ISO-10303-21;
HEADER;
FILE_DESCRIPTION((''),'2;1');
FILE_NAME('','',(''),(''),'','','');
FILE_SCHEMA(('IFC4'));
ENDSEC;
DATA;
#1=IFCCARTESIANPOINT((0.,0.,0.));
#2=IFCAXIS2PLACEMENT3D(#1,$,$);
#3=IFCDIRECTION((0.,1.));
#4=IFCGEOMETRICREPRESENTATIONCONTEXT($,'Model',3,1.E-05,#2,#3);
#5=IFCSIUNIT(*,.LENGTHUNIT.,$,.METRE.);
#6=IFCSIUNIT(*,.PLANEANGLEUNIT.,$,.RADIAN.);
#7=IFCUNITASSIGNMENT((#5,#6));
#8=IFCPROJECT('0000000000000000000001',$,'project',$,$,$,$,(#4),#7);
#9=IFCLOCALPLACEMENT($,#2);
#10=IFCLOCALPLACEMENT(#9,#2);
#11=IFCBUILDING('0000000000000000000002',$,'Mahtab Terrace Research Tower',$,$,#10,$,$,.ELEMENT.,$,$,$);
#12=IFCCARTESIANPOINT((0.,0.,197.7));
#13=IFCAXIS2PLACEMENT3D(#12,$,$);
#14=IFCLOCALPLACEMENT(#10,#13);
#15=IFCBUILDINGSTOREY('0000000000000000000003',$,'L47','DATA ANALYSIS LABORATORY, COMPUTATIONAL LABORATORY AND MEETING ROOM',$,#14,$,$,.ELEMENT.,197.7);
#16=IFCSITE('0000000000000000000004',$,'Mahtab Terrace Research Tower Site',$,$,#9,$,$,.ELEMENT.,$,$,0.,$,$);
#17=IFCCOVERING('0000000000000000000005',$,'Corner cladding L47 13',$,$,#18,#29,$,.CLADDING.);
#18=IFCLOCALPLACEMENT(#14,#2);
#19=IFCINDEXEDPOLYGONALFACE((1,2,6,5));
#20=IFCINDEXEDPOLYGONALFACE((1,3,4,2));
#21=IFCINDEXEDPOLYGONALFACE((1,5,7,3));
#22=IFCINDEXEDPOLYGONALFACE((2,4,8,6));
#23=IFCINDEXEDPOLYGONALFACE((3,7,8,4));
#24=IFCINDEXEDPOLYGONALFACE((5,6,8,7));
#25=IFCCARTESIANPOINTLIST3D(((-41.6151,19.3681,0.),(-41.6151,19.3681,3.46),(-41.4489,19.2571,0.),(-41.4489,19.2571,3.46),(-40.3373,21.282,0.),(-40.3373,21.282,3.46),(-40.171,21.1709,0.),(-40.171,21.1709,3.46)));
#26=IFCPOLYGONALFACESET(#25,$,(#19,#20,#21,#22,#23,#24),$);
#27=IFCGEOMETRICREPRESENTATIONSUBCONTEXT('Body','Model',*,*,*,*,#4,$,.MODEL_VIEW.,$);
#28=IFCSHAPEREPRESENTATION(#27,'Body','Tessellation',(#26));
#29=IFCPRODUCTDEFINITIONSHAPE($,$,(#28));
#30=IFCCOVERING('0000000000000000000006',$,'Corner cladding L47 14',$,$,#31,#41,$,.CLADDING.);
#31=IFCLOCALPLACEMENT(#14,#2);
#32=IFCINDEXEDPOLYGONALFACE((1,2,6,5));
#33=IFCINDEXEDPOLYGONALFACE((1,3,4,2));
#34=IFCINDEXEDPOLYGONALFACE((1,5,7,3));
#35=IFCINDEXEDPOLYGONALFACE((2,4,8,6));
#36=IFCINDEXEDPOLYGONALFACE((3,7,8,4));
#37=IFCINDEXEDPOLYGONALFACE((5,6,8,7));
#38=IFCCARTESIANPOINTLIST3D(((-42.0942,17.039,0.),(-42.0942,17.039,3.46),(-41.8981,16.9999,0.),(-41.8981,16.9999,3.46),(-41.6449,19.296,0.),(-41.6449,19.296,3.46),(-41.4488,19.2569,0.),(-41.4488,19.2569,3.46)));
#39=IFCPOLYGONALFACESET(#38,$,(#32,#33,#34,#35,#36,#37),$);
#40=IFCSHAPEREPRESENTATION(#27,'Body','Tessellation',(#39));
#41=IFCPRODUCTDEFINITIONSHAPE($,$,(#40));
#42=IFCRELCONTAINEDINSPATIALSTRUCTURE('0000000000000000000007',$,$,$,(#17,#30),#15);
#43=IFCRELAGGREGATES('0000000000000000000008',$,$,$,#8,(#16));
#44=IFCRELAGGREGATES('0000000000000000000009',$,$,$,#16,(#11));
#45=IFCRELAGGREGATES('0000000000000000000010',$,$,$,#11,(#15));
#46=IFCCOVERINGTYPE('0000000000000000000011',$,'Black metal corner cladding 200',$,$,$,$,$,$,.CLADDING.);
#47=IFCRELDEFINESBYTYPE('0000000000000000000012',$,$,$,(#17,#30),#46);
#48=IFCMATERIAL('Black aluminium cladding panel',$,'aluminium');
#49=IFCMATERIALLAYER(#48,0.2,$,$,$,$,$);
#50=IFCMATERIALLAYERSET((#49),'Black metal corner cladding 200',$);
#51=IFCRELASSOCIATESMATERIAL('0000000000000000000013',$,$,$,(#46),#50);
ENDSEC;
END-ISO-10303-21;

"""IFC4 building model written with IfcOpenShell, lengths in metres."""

from ifc_helpers import new_model, si_unit, direction, frame, origin, origin_2d, place, context, subcontext, project, spatial, rectangle, extrude, material, layer, layer_set, type_object, element, save


model = new_model("IFC4")

# Units and contexts
model_context = context("Model", 3, precision=1e-05, world=origin(), true_north=direction((0.0, 1.0)))
body_context = subcontext(model_context, "Body", "Model", "MODEL_VIEW")
ifc_project = project(units=[si_unit("LENGTHUNIT", "METRE"), si_unit("PLANEANGLEUNIT", "RADIAN")], contexts=[model_context])

# Site, building, storey
site_placement = place(None, origin())
site = spatial("IfcSite", under=ifc_project, at=site_placement, Name="Mahtab Terrace Research Tower Site", CompositionType="ELEMENT", RefElevation=0.0)
building_placement = place(site_placement, origin())
building = spatial("IfcBuilding", under=site, at=building_placement, Name="Mahtab Terrace Research Tower", CompositionType="ELEMENT")
storey_placement = place(building_placement, frame((0.0, 0.0, 197.7)))
storey = spatial("IfcBuildingStorey", under=building, at=storey_placement, Name="L47", Description="DATA ANALYSIS LABORATORY, COMPUTATIONAL LABORATORY AND MEETING ROOM", CompositionType="ELEMENT", Elevation=197.7)

# Shared definitions
ifc_material_1 = material(Name="Black aluminium cladding panel", Category="aluminium")

# Coverings
ifc_layer_1 = layer(ifc_material_1, 0.2)
ifc_layer_set_1 = layer_set([ifc_layer_1], Name="Black metal corner cladding 200")
covering_type = type_object("IfcCoveringType", Name="Black metal corner cladding 200", PredefinedType="CLADDING", material=ifc_layer_set_1)
for number, where, z_axis, x_axis, name in (
    (1, (-40.8931, 20.2695, 0.0), (0.0, 0.0, 1.0), (-0.555291, -0.831656, 0.0), "Corner cladding L47 13"),
    (2, (-41.7715, 18.1479, 0.0), (0.0, 0.0, 1.0), (-0.195212, -0.980761, 0.0), "Corner cladding L47 14"),
):
    element("IfcCovering", number, at=place(storey_placement, frame(where, z_axis=z_axis, x_axis=x_axis)), inside=storey, type_object=covering_type, Name=name, PredefinedType="CLADDING", context=body_context, shape_type="SweptSolid", body=[
        extrude(rectangle(XDim=2.3013, YDim=0.2, at=origin_2d()), origin(), (0.0, 0.0, 1.0), 3.46),
    ])

save(model, "model.ifc")
